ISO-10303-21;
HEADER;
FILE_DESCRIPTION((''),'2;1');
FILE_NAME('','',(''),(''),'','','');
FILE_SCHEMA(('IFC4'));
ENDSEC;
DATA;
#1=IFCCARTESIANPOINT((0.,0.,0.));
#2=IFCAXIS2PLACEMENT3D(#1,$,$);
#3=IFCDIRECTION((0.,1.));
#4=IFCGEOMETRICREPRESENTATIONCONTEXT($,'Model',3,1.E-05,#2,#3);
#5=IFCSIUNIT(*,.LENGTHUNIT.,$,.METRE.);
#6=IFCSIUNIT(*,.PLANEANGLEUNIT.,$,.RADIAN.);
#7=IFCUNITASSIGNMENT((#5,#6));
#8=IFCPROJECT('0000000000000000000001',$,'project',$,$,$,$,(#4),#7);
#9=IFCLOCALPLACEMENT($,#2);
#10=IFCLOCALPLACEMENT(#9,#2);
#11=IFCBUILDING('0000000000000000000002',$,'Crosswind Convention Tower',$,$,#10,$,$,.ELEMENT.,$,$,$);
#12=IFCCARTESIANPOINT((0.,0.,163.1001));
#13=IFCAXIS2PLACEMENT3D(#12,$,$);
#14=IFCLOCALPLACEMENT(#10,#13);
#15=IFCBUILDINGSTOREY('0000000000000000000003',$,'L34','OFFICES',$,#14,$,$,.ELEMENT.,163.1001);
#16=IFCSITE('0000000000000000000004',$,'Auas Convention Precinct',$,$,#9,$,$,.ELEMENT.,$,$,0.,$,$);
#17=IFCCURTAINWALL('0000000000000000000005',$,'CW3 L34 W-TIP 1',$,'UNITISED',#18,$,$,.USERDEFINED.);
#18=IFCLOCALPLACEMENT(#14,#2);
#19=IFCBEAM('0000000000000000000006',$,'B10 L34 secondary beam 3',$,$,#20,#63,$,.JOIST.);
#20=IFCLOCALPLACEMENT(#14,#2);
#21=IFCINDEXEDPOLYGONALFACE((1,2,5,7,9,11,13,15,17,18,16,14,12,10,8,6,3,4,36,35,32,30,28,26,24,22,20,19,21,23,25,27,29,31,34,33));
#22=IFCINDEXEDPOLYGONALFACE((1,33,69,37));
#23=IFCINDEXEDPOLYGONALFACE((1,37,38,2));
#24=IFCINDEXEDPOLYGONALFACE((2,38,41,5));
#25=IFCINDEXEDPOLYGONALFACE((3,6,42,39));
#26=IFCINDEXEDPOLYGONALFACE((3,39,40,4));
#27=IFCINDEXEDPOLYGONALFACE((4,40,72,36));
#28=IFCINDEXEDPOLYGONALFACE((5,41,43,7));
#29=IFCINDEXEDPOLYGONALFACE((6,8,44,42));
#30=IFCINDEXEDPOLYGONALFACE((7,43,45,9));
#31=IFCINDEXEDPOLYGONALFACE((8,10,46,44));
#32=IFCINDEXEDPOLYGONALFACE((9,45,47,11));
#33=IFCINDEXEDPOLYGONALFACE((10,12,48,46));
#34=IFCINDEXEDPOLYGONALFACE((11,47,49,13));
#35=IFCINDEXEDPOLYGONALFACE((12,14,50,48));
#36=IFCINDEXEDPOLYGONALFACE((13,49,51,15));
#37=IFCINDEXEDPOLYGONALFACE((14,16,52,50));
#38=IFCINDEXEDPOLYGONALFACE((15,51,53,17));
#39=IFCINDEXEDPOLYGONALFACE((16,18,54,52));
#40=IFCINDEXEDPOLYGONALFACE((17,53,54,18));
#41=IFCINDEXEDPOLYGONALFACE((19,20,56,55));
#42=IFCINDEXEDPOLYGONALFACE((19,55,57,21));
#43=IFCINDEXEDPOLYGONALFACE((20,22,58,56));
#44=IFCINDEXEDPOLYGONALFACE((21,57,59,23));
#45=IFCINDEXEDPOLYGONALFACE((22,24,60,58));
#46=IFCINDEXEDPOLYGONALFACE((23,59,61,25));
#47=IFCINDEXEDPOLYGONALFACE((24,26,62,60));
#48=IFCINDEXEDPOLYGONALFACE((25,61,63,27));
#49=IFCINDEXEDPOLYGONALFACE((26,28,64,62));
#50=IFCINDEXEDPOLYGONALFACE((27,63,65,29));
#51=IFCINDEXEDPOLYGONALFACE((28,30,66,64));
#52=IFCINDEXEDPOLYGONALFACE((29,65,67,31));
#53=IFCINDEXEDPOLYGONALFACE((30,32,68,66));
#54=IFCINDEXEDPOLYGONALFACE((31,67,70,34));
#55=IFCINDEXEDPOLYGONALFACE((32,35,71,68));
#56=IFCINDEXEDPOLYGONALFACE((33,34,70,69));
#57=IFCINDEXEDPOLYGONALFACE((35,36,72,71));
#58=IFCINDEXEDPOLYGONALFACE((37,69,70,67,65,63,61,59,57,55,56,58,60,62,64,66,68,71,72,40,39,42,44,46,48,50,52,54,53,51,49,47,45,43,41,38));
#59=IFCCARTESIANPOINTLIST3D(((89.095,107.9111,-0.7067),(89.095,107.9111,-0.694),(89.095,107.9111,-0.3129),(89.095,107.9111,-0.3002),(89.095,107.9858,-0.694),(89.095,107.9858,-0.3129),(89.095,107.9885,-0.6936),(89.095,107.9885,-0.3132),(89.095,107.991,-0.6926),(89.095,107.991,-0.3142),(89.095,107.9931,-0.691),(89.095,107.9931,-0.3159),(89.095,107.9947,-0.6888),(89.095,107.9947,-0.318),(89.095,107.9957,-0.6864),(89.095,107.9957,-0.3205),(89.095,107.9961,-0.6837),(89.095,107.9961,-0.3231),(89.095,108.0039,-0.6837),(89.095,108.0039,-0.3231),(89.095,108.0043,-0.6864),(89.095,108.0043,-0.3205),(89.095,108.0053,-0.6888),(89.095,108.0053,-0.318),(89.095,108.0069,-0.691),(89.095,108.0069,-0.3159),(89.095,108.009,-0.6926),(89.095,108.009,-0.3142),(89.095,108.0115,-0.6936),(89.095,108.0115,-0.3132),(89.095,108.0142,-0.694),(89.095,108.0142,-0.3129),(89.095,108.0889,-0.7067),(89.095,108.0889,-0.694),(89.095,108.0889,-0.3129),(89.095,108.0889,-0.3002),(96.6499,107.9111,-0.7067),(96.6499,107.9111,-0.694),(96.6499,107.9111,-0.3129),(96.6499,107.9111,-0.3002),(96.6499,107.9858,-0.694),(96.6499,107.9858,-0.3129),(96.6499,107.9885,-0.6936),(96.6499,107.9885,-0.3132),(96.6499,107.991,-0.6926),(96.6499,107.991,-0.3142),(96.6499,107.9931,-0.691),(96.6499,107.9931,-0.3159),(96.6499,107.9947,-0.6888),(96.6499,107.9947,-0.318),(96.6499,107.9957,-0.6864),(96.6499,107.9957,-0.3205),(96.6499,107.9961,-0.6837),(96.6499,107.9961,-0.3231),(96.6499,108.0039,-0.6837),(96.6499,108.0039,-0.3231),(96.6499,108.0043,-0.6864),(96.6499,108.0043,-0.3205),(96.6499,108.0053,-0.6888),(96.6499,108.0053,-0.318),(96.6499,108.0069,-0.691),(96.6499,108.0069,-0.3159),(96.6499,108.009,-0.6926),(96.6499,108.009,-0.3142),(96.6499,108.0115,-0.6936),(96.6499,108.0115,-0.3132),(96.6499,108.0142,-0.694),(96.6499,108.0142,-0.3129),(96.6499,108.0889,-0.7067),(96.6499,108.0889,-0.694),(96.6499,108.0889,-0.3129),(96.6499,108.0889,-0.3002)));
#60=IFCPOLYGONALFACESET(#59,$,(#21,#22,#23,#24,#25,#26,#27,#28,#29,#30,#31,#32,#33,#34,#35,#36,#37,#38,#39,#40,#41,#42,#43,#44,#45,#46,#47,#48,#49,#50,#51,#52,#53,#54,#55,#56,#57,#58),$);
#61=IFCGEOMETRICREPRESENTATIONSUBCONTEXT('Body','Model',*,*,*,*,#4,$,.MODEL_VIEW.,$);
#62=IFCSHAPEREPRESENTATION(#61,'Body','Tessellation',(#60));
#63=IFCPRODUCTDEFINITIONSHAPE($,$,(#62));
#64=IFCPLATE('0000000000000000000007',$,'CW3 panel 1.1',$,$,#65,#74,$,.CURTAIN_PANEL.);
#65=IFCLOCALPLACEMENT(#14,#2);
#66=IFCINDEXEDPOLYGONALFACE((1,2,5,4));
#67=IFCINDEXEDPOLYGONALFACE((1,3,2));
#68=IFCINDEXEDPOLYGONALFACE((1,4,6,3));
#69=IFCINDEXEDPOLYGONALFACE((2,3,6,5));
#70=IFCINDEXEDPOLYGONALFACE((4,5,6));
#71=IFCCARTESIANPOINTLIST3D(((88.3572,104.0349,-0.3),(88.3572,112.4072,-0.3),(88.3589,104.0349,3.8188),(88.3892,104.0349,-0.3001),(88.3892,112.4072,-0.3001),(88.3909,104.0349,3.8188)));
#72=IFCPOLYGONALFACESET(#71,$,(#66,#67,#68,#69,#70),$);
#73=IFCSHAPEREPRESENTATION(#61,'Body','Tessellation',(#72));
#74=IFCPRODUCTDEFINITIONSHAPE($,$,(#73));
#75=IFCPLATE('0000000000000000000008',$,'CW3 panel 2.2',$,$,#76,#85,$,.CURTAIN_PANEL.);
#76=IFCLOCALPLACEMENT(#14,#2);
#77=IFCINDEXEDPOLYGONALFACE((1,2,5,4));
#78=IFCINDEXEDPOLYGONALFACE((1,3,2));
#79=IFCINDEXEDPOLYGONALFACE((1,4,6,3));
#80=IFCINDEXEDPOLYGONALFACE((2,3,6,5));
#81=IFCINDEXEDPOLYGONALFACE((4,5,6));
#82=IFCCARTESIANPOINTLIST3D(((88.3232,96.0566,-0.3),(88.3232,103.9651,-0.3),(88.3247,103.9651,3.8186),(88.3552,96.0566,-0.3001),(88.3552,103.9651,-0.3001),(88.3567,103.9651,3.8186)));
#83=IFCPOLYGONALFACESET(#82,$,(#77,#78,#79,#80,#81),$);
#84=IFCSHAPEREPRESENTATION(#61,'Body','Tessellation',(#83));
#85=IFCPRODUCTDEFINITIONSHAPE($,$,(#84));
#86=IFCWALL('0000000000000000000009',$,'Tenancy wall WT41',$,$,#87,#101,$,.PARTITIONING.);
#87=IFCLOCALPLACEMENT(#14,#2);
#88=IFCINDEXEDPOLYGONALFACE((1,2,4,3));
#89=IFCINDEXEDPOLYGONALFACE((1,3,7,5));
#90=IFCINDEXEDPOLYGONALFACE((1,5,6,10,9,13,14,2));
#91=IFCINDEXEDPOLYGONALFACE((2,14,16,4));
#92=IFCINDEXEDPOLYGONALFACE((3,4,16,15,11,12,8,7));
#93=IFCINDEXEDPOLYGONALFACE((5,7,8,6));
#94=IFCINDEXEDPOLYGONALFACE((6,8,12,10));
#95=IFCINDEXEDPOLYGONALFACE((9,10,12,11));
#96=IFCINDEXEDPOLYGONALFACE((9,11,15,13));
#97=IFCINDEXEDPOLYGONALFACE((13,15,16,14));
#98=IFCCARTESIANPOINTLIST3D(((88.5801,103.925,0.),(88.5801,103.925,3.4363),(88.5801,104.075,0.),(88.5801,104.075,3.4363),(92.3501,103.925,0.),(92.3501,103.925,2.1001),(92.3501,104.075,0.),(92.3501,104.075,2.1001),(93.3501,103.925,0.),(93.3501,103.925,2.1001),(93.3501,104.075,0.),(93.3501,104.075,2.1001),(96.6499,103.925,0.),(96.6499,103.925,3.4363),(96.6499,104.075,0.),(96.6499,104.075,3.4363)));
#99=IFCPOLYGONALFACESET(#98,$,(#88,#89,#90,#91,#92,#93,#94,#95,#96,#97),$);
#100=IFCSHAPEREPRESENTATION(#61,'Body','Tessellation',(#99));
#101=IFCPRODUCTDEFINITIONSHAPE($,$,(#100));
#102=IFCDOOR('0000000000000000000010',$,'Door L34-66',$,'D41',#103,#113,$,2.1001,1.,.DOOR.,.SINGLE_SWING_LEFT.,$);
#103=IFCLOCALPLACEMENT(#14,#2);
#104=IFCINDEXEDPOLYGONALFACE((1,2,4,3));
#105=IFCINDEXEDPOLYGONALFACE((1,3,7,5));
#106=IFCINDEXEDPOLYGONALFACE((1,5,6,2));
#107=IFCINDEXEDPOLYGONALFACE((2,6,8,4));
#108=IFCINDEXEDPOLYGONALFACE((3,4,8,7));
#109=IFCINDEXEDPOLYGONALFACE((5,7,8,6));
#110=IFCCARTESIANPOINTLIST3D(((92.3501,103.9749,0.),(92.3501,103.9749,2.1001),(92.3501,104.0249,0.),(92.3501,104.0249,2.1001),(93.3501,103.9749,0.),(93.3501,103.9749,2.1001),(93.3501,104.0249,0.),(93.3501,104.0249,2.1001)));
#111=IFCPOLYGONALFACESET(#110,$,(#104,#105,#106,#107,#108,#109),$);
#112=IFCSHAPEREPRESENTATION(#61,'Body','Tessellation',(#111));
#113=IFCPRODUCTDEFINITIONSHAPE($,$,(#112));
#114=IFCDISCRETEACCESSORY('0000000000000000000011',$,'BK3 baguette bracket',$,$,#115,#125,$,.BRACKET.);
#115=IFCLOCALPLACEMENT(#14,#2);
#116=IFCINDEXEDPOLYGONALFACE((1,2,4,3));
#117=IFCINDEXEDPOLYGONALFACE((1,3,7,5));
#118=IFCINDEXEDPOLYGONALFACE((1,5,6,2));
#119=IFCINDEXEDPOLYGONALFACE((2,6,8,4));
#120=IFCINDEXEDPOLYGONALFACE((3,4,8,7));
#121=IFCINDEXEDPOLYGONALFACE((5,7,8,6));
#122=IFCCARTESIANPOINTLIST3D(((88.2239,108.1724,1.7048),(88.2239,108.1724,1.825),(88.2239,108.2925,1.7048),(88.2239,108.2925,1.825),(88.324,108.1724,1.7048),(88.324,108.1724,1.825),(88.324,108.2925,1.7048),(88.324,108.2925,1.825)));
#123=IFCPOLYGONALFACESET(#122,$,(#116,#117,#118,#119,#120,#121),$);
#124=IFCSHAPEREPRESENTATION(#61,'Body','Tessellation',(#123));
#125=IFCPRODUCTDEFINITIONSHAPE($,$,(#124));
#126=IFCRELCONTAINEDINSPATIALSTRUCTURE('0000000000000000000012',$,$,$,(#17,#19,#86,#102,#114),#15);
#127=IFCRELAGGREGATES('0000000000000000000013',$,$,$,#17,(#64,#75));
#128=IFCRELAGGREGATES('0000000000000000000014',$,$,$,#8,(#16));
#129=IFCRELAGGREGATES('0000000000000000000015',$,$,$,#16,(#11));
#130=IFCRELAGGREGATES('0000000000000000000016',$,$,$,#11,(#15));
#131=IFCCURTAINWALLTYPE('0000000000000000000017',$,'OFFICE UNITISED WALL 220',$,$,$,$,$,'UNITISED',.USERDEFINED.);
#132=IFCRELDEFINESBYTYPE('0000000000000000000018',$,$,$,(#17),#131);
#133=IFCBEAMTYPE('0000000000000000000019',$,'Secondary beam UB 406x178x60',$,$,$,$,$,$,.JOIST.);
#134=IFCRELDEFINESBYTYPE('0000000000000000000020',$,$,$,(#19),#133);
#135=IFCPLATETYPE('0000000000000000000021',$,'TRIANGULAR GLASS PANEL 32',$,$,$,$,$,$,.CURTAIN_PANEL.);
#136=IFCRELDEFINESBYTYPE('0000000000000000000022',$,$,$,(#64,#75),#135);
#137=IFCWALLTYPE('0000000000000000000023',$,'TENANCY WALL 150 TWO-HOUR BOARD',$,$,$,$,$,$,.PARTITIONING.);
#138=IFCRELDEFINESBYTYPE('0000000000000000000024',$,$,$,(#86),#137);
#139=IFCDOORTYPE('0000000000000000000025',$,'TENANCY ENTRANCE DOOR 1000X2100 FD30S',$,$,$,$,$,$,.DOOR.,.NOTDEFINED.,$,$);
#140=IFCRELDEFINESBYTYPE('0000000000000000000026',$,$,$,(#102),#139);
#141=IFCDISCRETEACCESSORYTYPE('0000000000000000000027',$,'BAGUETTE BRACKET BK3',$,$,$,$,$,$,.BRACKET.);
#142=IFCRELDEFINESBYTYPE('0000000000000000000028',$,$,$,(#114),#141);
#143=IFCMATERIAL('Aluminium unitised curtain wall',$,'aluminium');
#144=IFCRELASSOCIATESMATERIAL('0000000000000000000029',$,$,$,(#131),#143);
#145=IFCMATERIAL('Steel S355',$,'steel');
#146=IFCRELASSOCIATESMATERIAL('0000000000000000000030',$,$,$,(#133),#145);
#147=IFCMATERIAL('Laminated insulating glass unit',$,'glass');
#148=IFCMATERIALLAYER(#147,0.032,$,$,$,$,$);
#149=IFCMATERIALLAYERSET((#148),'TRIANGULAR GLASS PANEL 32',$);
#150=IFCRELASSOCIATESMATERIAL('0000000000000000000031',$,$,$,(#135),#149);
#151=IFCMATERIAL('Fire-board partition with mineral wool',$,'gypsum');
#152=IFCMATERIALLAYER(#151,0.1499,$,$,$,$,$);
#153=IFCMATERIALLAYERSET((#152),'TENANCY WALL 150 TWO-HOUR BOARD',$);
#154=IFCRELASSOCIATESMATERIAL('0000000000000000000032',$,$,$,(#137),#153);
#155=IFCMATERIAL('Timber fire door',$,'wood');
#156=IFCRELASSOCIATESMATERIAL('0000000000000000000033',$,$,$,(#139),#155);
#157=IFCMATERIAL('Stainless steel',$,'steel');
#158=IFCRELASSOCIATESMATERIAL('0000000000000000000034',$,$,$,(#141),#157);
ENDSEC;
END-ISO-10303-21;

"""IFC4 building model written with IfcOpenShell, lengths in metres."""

from ifc_helpers import new_model, si_unit, direction, frame, frame_2d, origin, origin_2d, place, context, subcontext, project, spatial, polyline, rectangle, i_section, outline, extrude, material, layer, layer_set, material_profile, profile_set, type_object, element, fill, aggregate, save


model = new_model("IFC4")

# Units and contexts
model_context = context("Model", 3, precision=1e-05, world=origin(), true_north=direction((0.0, 1.0)))
body_context = subcontext(model_context, "Body", "Model", "MODEL_VIEW")
ifc_project = project(units=[si_unit("LENGTHUNIT", "METRE"), si_unit("PLANEANGLEUNIT", "RADIAN")], contexts=[model_context])

# Site, building, storey
site_placement = place(None, origin())
site = spatial("IfcSite", under=ifc_project, at=site_placement, Name="Auas Convention Precinct", CompositionType="ELEMENT", RefElevation=0.0)
building_placement = place(site_placement, origin())
building = spatial("IfcBuilding", under=site, at=building_placement, Name="Crosswind Convention Tower", CompositionType="ELEMENT")
storey_placement = place(building_placement, frame((0.0, 0.0, 163.1001)))
storey = spatial("IfcBuildingStorey", under=building, at=storey_placement, Name="L34", Description="OFFICES", CompositionType="ELEMENT", Elevation=163.1001)

# Shared definitions
ifc_material_1 = material(Name="Steel S355", Category="steel")

# Curtain wall
ifc_material_2 = material(Name="Aluminium unitised curtain wall", Category="aluminium")
curtain_wall_type = type_object("IfcCurtainWallType", Name="OFFICE UNITISED WALL 220", ElementType="UNITISED", PredefinedType="USERDEFINED", material=ifc_material_2)
curtain_wall_placement = place(storey_placement, origin())
curtain_wall = element("IfcCurtainWall", 1, at=curtain_wall_placement, inside=storey, type_object=curtain_wall_type, Name="CW3 L34 W-TIP 1", ObjectType="UNITISED", PredefinedType="USERDEFINED")

# Beam
ifc_material_profile_1 = material_profile(ifc_material_1, i_section(OverallWidth=0.1777, OverallDepth=0.4065, WebThickness=0.0078, FlangeThickness=0.0127, FilletRadius=0.0103, at=origin_2d()), Name="UB 406x178x60")
ifc_profile_set_1 = profile_set([ifc_material_profile_1], Name="Steel S355")
beam_type_1 = type_object("IfcBeamType", Name="Secondary beam UB 406x178x60", PredefinedType="JOIST", material=ifc_profile_set_1)
for number, where, z_axis, x_axis, name in (
    (2, (89.095, 108.0, -0.5034), (1.0, 0.0, 0.0), (0.0, 1.0, 0.0), "B10 L34 secondary beam 3"),
):
    element("IfcBeam", number, at=place(storey_placement, frame(where, z_axis=z_axis, x_axis=x_axis)), inside=storey, type_object=beam_type_1, Name=name, PredefinedType="JOIST", context=body_context, shape_type="SweptSolid", body=[
        extrude(i_section(OverallWidth=0.1777, OverallDepth=0.4065, WebThickness=0.0078, FlangeThickness=0.0127, FilletRadius=0.0103, at=origin_2d()), origin(), (0.0, 0.0, 1.0), 7.5549),
    ])

# Plates
ifc_material_3 = material(Name="Laminated insulating glass unit", Category="glass")
ifc_layer_1 = layer(ifc_material_3, 0.032)
ifc_layer_set_1 = layer_set([ifc_layer_1], Name="TRIANGULAR GLASS PANEL 32")
plate_type = type_object("IfcPlateType", Name="TRIANGULAR GLASS PANEL 32", PredefinedType="CURTAIN_PANEL", material=ifc_layer_set_1)
plate_1_placement = place(storey_placement, frame((88.3572, 104.0349, -0.3), z_axis=(-1.0, 0.0, 0.000415), x_axis=(0.000415, 0.0, 1.0)))
plate_1 = element("IfcPlate", 3, at=plate_1_placement, type_object=plate_type, Name="CW3 panel 1.1", PredefinedType="CURTAIN_PANEL", context=body_context, shape_type="SweptSolid", body=[
    extrude(outline(polyline([(0.0, 0.0), (4.1189, 0.0), (0.0, 8.3723), (0.0, 0.0)])), origin(), (0.0, 0.0, -1.0), 0.032),
])
plate_2_placement = place(storey_placement, frame((88.3232, 103.9651, -0.3), z_axis=(-1.0, 0.0, 0.000356), x_axis=(0.0, -1.0, 0.0)))
plate_2 = element("IfcPlate", 4, at=plate_2_placement, type_object=plate_type, Name="CW3 panel 2.2", PredefinedType="CURTAIN_PANEL", context=body_context, shape_type="SweptSolid", body=[
    extrude(outline(polyline([(0.0, 0.0), (7.9084, 0.0), (0.0, 4.1187), (0.0, 0.0)])), origin(), (0.0, 0.0, -1.0), 0.032),
])
aggregate(curtain_wall, [plate_1, plate_2])

# Wall, opening, door
ifc_material_4 = material(Name="Fire-board partition with mineral wool", Category="gypsum")
ifc_layer_2 = layer(ifc_material_4, 0.1499)
ifc_layer_set_2 = layer_set([ifc_layer_2], Name="TENANCY WALL 150 TWO-HOUR BOARD")
wall_type = type_object("IfcWallType", Name="TENANCY WALL 150 TWO-HOUR BOARD", PredefinedType="PARTITIONING", material=ifc_layer_set_2)
wall_placement = place(storey_placement, frame((88.5801, 104.0, 0.0), z_axis=(0.0, 0.0, 1.0), x_axis=(1.0, 0.0, 0.0)))
wall = element("IfcWall", 5, at=wall_placement, inside=storey, type_object=wall_type, Name="Tenancy wall WT41", PredefinedType="PARTITIONING", context=body_context, shape_type="SweptSolid", body=[
    extrude(rectangle(XDim=8.0698, YDim=0.1499, at=frame_2d((4.0349, 0.0))), origin(), (0.0, 0.0, 1.0), 3.4363),
])
opening_placement = place(wall_placement, frame((3.77, 0.0, 0.0)))
opening = element("IfcOpeningElement", 6, at=opening_placement, cuts=wall, PredefinedType="OPENING", context=body_context, shape_type="SweptSolid", body=[
    extrude(rectangle(XDim=1.0, YDim=2.1001, at=frame_2d((0.5, 1.05))), frame((0.0, 0.085, 0.0), z_axis=(0.0, -1.0, 0.0), x_axis=(1.0, 0.0, 0.0)), (0.0, 0.0, 1.0), 0.1699),
])
ifc_material_5 = material(Name="Timber fire door", Category="wood")
door_type = type_object("IfcDoorType", Name="TENANCY ENTRANCE DOOR 1000X2100 FD30S", OperationType="NOTDEFINED", PredefinedType="DOOR", material=ifc_material_5)
door_placement = place(opening_placement, origin())
door = element("IfcDoor", 7, at=door_placement, inside=storey, type_object=door_type, Name="Door L34-66", ObjectType="D41", OperationType="SINGLE_SWING_LEFT", OverallHeight=2.1001, OverallWidth=1.0, PredefinedType="DOOR", context=body_context, shape_type="SweptSolid", body=[
    extrude(rectangle(XDim=1.0, YDim=2.1001, at=frame_2d((0.5, 1.05))), frame((0.0, 0.0249, 0.0), z_axis=(0.0, -1.0, 0.0), x_axis=(1.0, 0.0, 0.0)), (0.0, 0.0, 1.0), 0.05),
])
fill(opening, door)

# Discrete accessory
ifc_material_6 = material(Name="Stainless steel", Category="steel")
discrete_accessory_type = type_object("IfcDiscreteAccessoryType", Name="BAGUETTE BRACKET BK3", PredefinedType="BRACKET", material=ifc_material_6)
discrete_accessory_placement = place(storey_placement, frame((88.2739, 108.2324, 1.7048), z_axis=(0.0, 0.0, 1.0), x_axis=(0.0, -1.0, 0.0)))
element("IfcDiscreteAccessory", 8, at=discrete_accessory_placement, inside=storey, type_object=discrete_accessory_type, Name="BK3 baguette bracket", PredefinedType="BRACKET", context=body_context, shape_type="SweptSolid", body=[
    extrude(rectangle(XDim=0.1201, YDim=0.1001, at=origin_2d()), origin(), (0.0, 0.0, 1.0), 0.1201),
])

save(model, "model.ifc")
